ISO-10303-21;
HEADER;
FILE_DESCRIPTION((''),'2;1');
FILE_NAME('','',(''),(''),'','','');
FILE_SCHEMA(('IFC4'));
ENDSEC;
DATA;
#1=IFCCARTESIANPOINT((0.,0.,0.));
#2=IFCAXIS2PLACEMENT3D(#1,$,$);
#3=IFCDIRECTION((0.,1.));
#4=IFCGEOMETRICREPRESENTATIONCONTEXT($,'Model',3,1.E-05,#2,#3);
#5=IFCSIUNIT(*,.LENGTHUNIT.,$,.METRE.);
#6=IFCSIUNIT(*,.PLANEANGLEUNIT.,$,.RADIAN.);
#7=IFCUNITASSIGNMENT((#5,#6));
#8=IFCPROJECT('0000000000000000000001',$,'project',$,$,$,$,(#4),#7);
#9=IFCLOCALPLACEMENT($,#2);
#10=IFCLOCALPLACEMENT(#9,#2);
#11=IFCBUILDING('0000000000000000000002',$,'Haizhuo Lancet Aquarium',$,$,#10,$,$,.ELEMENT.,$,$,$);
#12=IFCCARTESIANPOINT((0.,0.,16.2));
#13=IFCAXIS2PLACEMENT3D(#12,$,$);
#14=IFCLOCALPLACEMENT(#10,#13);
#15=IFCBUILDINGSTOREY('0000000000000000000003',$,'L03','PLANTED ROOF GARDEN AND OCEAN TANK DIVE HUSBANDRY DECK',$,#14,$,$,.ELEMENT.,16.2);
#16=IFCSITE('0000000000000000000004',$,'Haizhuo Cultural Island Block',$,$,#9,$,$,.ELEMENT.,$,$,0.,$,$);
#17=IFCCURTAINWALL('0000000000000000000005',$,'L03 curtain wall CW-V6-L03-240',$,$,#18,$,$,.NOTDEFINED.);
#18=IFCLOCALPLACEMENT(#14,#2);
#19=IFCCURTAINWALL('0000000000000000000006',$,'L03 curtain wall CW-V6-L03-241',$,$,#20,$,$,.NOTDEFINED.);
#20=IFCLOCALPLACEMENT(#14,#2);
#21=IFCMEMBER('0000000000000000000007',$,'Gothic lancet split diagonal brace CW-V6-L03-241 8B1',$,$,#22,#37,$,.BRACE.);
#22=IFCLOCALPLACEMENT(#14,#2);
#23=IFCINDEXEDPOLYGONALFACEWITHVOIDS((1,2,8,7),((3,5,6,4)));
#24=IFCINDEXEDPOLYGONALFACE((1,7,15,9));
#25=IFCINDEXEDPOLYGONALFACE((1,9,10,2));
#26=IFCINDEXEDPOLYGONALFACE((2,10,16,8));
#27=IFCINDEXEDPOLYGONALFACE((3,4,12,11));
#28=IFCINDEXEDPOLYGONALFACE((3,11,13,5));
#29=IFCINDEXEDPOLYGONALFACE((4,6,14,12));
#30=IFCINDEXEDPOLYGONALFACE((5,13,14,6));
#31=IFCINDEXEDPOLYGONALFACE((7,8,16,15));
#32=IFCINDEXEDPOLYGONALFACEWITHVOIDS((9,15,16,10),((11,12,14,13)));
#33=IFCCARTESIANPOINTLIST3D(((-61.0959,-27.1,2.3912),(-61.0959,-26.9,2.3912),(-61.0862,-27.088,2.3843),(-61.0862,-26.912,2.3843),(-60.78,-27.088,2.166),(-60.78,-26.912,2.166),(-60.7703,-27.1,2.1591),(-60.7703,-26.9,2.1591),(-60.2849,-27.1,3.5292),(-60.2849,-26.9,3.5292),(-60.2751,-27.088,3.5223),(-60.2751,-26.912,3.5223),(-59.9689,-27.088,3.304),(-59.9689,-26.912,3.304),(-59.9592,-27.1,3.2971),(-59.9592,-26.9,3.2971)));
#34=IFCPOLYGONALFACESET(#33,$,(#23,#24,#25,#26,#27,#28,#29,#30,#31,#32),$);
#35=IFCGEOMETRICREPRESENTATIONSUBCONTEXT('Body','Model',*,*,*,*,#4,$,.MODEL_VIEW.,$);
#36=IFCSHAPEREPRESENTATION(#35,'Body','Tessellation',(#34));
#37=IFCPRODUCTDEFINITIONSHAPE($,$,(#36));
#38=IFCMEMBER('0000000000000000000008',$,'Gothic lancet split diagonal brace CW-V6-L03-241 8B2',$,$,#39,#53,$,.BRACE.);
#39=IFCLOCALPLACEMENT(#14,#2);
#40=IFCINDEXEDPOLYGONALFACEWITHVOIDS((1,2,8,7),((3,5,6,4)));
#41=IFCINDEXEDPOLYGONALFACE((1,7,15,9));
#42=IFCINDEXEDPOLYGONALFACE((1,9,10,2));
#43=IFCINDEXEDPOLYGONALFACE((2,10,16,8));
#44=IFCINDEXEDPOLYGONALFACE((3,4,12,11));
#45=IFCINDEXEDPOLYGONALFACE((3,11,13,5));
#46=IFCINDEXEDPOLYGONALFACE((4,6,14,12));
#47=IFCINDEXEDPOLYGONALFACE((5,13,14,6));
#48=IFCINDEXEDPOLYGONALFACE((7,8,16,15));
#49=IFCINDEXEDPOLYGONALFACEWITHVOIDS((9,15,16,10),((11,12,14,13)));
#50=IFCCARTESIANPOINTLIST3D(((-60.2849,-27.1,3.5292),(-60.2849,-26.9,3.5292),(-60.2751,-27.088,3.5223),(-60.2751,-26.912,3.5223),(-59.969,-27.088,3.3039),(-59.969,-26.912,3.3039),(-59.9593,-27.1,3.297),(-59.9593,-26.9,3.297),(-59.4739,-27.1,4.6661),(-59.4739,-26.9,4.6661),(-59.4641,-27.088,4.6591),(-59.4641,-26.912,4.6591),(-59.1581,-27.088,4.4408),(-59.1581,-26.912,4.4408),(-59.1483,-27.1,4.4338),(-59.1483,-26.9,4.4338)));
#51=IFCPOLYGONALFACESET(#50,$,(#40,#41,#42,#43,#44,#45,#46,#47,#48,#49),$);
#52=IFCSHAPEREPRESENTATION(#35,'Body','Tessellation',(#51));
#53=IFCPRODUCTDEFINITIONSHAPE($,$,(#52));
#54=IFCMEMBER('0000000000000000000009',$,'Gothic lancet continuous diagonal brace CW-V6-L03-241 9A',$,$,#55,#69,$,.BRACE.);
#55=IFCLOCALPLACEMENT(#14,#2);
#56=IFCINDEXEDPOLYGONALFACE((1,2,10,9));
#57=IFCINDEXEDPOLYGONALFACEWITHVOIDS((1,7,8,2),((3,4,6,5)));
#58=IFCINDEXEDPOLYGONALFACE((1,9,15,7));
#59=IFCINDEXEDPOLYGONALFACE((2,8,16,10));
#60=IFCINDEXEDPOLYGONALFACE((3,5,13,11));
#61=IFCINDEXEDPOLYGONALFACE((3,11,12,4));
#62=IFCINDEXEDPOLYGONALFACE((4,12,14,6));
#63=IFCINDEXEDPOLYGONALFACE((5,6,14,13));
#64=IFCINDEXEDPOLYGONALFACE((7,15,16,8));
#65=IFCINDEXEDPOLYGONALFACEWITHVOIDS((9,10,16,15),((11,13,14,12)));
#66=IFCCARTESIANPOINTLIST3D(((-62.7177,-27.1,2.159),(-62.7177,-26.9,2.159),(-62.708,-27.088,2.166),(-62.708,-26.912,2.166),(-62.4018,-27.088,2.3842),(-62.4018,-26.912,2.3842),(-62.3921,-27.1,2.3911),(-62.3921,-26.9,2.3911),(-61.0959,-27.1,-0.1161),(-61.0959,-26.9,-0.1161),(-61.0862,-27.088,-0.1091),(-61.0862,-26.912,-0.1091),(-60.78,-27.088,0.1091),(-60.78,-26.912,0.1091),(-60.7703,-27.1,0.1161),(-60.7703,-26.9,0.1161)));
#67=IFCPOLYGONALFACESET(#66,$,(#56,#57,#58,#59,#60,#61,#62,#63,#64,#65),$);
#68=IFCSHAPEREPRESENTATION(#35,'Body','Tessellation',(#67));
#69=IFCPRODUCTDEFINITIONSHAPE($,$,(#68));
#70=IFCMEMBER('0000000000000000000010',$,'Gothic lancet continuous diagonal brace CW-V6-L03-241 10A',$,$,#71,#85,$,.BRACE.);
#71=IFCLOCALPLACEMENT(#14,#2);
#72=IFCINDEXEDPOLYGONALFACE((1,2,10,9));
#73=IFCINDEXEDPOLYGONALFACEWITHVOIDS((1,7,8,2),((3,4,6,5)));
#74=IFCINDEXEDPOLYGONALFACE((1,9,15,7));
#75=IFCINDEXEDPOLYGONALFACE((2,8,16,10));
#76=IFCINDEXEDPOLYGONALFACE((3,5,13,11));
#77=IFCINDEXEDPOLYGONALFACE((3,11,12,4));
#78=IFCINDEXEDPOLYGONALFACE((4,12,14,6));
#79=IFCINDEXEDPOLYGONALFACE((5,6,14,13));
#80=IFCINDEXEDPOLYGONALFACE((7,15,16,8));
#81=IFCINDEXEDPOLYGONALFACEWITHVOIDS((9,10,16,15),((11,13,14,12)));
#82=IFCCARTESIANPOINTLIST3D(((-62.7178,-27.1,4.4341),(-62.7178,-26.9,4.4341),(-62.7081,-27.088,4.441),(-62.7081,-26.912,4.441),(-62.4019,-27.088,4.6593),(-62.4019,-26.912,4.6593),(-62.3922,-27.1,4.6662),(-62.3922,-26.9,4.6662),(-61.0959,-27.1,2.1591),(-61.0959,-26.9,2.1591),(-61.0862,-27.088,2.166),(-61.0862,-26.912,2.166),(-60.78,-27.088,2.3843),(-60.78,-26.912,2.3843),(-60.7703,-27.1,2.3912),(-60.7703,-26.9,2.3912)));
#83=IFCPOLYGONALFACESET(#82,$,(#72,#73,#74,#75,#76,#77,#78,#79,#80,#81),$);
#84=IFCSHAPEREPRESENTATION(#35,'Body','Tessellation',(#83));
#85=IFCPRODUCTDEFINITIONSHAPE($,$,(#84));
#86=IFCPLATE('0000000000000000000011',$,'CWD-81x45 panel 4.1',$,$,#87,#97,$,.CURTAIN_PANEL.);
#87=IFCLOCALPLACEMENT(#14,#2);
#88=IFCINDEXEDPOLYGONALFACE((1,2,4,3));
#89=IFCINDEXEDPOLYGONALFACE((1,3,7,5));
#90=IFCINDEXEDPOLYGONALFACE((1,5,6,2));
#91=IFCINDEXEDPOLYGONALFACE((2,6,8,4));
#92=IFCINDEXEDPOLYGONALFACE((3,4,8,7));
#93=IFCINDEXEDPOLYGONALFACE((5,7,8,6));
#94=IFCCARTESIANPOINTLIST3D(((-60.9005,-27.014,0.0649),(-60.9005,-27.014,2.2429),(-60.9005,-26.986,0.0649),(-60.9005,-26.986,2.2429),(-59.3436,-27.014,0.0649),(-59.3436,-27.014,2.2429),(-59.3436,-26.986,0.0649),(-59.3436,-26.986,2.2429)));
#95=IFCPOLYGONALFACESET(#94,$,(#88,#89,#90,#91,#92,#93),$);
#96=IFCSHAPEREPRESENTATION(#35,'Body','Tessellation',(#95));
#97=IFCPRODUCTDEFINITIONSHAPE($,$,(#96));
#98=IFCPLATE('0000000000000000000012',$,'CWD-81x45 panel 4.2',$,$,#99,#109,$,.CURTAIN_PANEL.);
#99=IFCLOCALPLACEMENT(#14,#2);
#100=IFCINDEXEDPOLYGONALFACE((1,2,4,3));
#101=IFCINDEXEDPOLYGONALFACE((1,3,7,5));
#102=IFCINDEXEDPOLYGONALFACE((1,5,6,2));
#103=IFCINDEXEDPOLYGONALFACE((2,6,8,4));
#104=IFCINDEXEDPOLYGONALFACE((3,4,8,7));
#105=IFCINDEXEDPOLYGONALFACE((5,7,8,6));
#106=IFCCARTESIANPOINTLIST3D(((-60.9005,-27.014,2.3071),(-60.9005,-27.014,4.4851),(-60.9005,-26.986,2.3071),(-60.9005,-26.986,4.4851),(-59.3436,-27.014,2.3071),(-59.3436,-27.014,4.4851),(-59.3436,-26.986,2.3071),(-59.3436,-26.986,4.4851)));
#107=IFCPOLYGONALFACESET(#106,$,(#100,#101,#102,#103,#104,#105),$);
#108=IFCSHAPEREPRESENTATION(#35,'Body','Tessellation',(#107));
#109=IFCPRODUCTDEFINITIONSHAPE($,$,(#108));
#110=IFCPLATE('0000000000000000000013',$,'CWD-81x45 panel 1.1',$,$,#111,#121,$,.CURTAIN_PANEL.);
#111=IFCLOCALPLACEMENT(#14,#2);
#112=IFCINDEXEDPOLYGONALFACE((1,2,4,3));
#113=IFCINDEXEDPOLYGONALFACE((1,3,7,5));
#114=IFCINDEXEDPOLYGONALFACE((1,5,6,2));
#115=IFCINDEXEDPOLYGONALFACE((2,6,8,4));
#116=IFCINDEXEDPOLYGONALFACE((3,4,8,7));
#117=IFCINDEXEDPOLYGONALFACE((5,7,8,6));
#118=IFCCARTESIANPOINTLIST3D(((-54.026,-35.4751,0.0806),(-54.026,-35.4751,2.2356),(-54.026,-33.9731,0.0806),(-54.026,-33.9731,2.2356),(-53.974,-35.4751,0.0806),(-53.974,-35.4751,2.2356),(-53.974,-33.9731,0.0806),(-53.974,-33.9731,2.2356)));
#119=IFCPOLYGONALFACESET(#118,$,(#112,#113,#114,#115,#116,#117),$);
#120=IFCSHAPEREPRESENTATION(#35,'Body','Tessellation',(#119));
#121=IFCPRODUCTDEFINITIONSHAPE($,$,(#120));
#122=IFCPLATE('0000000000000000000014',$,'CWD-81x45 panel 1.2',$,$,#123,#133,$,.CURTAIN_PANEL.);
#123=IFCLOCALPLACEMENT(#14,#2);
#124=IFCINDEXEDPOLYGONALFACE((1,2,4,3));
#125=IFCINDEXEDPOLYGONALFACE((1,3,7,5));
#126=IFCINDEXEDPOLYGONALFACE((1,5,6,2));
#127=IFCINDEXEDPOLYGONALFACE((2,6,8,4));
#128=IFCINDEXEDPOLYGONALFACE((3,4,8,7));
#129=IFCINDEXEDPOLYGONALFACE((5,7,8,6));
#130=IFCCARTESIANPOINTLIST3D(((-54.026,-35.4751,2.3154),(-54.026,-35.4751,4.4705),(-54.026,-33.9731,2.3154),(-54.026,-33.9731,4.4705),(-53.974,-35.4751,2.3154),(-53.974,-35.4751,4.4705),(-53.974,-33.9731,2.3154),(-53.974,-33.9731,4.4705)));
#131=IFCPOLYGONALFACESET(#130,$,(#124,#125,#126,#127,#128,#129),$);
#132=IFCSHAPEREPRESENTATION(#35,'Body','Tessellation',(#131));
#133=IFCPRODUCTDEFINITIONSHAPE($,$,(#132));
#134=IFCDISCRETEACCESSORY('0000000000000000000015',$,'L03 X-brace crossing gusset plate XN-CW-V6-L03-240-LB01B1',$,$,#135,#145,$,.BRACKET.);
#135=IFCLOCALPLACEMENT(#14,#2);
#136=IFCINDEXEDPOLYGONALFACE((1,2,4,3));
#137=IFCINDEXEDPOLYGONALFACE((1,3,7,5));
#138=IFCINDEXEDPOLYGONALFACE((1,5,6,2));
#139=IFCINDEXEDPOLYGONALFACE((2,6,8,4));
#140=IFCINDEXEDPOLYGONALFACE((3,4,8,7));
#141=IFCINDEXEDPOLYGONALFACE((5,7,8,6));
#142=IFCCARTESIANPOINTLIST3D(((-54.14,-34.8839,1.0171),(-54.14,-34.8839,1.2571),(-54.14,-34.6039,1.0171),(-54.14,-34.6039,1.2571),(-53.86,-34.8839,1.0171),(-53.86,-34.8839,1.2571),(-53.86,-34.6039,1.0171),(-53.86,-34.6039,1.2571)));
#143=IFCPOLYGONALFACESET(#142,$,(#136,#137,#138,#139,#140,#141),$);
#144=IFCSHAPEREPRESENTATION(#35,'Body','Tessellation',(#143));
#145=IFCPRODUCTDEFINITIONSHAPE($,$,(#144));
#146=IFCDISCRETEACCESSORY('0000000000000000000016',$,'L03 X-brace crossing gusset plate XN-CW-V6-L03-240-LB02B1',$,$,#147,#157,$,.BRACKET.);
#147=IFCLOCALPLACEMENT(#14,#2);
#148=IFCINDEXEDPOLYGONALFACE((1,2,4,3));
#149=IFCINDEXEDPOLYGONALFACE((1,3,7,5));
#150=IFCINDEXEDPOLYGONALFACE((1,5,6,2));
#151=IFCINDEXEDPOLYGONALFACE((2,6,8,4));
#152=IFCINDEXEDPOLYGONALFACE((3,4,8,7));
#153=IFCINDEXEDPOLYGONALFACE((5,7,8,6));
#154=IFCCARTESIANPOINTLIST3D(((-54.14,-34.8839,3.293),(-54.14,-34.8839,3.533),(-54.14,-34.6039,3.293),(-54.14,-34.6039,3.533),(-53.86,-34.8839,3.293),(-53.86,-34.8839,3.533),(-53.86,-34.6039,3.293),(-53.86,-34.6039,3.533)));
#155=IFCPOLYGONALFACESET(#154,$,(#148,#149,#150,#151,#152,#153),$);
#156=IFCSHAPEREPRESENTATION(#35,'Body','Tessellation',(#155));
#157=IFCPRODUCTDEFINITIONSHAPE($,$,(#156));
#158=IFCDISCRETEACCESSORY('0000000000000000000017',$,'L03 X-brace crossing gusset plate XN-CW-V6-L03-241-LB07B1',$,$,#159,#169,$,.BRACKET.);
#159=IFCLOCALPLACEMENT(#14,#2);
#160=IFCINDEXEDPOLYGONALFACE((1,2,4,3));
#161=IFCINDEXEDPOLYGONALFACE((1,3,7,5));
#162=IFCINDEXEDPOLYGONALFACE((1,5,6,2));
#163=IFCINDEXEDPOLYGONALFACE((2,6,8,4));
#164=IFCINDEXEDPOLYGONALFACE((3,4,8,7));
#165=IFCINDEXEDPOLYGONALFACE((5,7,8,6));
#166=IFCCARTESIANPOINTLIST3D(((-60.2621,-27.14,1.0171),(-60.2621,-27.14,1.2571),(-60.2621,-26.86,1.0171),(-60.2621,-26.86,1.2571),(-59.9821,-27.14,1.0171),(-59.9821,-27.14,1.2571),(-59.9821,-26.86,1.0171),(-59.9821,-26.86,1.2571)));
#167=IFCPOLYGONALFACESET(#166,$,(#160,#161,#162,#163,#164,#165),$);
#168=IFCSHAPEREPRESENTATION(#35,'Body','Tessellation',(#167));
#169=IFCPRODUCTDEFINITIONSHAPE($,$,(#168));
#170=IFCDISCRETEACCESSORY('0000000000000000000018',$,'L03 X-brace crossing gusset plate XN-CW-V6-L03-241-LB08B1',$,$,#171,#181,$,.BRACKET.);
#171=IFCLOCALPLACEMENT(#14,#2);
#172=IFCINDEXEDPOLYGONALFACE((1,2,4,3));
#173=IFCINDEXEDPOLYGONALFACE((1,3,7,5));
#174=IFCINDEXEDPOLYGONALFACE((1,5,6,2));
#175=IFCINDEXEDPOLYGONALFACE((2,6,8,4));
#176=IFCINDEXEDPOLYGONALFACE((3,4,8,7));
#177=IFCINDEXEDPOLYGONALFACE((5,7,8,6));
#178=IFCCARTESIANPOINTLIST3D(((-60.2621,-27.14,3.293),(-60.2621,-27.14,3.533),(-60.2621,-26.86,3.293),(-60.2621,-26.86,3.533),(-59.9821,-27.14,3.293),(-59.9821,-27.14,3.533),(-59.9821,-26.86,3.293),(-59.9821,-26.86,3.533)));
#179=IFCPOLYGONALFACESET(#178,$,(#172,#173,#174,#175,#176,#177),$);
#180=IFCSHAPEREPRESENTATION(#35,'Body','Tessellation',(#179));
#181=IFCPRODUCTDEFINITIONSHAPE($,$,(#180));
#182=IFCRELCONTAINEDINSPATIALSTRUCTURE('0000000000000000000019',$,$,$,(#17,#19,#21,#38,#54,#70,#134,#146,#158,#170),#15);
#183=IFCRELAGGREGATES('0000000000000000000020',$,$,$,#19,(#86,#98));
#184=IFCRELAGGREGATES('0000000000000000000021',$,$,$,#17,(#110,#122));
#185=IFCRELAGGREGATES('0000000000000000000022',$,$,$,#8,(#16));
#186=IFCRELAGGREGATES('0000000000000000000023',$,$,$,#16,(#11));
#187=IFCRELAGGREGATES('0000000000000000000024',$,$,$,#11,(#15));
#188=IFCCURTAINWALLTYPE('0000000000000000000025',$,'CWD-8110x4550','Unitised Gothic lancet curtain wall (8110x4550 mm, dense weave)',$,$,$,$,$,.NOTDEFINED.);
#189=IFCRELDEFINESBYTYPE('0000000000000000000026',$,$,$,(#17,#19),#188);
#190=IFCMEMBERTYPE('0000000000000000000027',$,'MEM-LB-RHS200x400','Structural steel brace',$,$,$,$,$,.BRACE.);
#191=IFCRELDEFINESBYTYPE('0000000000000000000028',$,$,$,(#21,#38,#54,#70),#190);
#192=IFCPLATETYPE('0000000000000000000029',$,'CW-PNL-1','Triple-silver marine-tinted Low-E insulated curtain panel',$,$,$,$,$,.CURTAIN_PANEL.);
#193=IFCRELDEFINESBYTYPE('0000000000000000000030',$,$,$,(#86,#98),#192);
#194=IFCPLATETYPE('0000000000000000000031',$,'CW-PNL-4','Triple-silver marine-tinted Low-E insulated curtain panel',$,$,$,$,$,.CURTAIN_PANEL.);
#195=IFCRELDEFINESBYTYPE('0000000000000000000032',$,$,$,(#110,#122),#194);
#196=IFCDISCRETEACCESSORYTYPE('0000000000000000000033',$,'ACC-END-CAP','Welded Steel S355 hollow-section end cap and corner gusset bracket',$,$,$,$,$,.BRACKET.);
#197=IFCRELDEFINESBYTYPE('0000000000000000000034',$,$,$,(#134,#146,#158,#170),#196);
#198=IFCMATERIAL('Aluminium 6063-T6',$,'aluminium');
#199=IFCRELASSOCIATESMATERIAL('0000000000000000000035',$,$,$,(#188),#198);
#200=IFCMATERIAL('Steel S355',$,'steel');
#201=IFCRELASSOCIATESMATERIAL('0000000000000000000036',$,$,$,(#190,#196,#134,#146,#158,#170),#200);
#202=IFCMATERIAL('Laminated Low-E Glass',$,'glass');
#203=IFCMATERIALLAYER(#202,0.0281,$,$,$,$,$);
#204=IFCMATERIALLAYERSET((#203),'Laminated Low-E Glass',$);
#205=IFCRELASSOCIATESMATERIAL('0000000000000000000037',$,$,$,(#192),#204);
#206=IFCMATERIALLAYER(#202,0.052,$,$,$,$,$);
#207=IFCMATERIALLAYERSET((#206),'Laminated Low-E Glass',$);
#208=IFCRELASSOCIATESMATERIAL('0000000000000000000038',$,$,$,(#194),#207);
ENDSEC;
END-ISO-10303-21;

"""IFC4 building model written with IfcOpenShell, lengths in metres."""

from ifc_helpers import new_model, si_unit, direction, frame, origin, origin_2d, place, context, subcontext, project, spatial, rectangle, hollow_rectangle, extrude, material, layer, layer_set, material_profile, profile_set, type_object, element, aggregate, save


model = new_model("IFC4")

# Units and contexts
model_context = context("Model", 3, precision=1e-05, world=origin(), true_north=direction((0.0, 1.0)))
body_context = subcontext(model_context, "Body", "Model", "MODEL_VIEW")
ifc_project = project(units=[si_unit("LENGTHUNIT", "METRE"), si_unit("PLANEANGLEUNIT", "RADIAN")], contexts=[model_context])

# Site, building, storey
site_placement = place(None, origin())
site = spatial("IfcSite", under=ifc_project, at=site_placement, Name="Haizhuo Cultural Island Block", CompositionType="ELEMENT", RefElevation=0.0)
building_placement = place(site_placement, origin())
building = spatial("IfcBuilding", under=site, at=building_placement, Name="Haizhuo Lancet Aquarium", CompositionType="ELEMENT")
storey_placement = place(building_placement, frame((0.0, 0.0, 16.2)))
storey = spatial("IfcBuildingStorey", under=building, at=storey_placement, Name="L03", Description="PLANTED ROOF GARDEN AND OCEAN TANK DIVE HUSBANDRY DECK", CompositionType="ELEMENT", Elevation=16.2)

# Shared definitions
ifc_material_1 = material(Name="Steel S355", Category="steel")

# Curtain wall
ifc_material_2 = material(Name="Aluminium 6063-T6", Category="aluminium")
curtain_wall_type = type_object("IfcCurtainWallType", Name="CWD-8110x4550", Description="Unitised Gothic lancet curtain wall (8110x4550 mm, dense weave)", PredefinedType="NOTDEFINED", material=ifc_material_2)
curtain_wall_1_placement = place(storey_placement, origin())
curtain_wall_1 = element("IfcCurtainWall", 1, at=curtain_wall_1_placement, inside=storey, type_object=curtain_wall_type, Name="L03 curtain wall CW-V6-L03-240", PredefinedType="NOTDEFINED")

# Curtain wall
curtain_wall_2_placement = place(storey_placement, origin())
curtain_wall_2 = element("IfcCurtainWall", 2, at=curtain_wall_2_placement, inside=storey, type_object=curtain_wall_type, Name="L03 curtain wall CW-V6-L03-241", PredefinedType="NOTDEFINED")

# Members
ifc_material_profile_1 = material_profile(ifc_material_1, hollow_rectangle(XDim=0.2, YDim=0.3999, WallThickness=0.012, at=origin_2d()), Name="RHS 200x400x12")
ifc_profile_set_1 = profile_set([ifc_material_profile_1], Name="Steel S355")
member_type_1 = type_object("IfcMemberType", Name="MEM-LB-RHS200x400", Description="Structural steel brace", PredefinedType="BRACE", material=ifc_profile_set_1)
member_1_placement = place(storey_placement, frame((-60.9331, -27.0, 2.2751), z_axis=(0.580395, 0.0, 0.814335), x_axis=(0.0, 1.0, 0.0)))
element("IfcMember", 3, at=member_1_placement, inside=storey, type_object=member_type_1, Name="Gothic lancet split diagonal brace CW-V6-L03-241 8B1", PredefinedType="BRACE", context=body_context, shape_type="SweptSolid", body=[
    extrude(hollow_rectangle(XDim=0.2, YDim=0.3999, WallThickness=0.012, at=origin_2d()), origin(), (0.0, 0.0, 1.0), 1.3975),
])
member_2_placement = place(storey_placement, frame((-60.1221, -27.0, 3.4131), z_axis=(0.580725, 0.0, 0.814099), x_axis=(0.0, 1.0, 0.0)))
element("IfcMember", 4, at=member_2_placement, inside=storey, type_object=member_type_1, Name="Gothic lancet split diagonal brace CW-V6-L03-241 8B2", PredefinedType="BRACE", context=body_context, shape_type="SweptSolid", body=[
    extrude(hollow_rectangle(XDim=0.2, YDim=0.3999, WallThickness=0.012, at=origin_2d()), origin(), (0.0, 0.0, 1.0), 1.3965),
])
for number, where, z_axis, x_axis, name in (
    (5, (-60.9331, -27.0, 0.0), (-0.580461, 0.0, 0.814288), (0.0, -1.0, 0.0), "Gothic lancet continuous diagonal brace CW-V6-L03-241 9A"),
    (6, (-60.9331, -27.0, 2.2751), (-0.580502, 0.0, 0.814259), (0.0, -1.0, 0.0), "Gothic lancet continuous diagonal brace CW-V6-L03-241 10A"),
):
    element("IfcMember", number, at=place(storey_placement, frame(where, z_axis=z_axis, x_axis=x_axis)), inside=storey, type_object=member_type_1, Name=name, PredefinedType="BRACE", context=body_context, shape_type="SweptSolid", body=[
        extrude(hollow_rectangle(XDim=0.2, YDim=0.3999, WallThickness=0.012, at=origin_2d()), origin(), (0.0, 0.0, 1.0), 2.7939),
    ])

# Plates
ifc_material_3 = material(Name="Laminated Low-E Glass", Category="glass")
ifc_layer_1 = layer(ifc_material_3, 0.0281)
ifc_layer_set_1 = layer_set([ifc_layer_1], Name="Laminated Low-E Glass")
plate_type_1 = type_object("IfcPlateType", Name="CW-PNL-1", Description="Triple-silver marine-tinted Low-E insulated curtain panel", PredefinedType="CURTAIN_PANEL", material=ifc_layer_set_1)
plate_1_placement = place(storey_placement, frame((-60.1221, -27.0, 0.0649), z_axis=(0.0, 0.0, 1.0), x_axis=(-1.0, 0.0, 0.0)))
plate_1 = element("IfcPlate", 7, at=plate_1_placement, type_object=plate_type_1, Name="CWD-81x45 panel 4.1", PredefinedType="CURTAIN_PANEL", context=body_context, shape_type="SweptSolid", body=[
    extrude(rectangle(XDim=1.5569, YDim=0.0281, at=origin_2d()), origin(), (0.0, 0.0, 1.0), 2.178),
])
plate_2_placement = place(storey_placement, frame((-60.1221, -27.0, 2.3071), z_axis=(0.0, 0.0, 1.0), x_axis=(-1.0, 0.0, 0.0)))
plate_2 = element("IfcPlate", 8, at=plate_2_placement, type_object=plate_type_1, Name="CWD-81x45 panel 4.2", PredefinedType="CURTAIN_PANEL", context=body_context, shape_type="SweptSolid", body=[
    extrude(rectangle(XDim=1.5569, YDim=0.0281, at=origin_2d()), origin(), (0.0, 0.0, 1.0), 2.178),
])
aggregate(curtain_wall_2, [plate_1, plate_2])
ifc_layer_2 = layer(ifc_material_3, 0.052)
ifc_layer_set_2 = layer_set([ifc_layer_2], Name="Laminated Low-E Glass")
plate_type_2 = type_object("IfcPlateType", Name="CW-PNL-4", Description="Triple-silver marine-tinted Low-E insulated curtain panel", PredefinedType="CURTAIN_PANEL", material=ifc_layer_set_2)
plate_3_placement = place(storey_placement, frame((-54.0, -34.7241, 0.0806), z_axis=(0.0, 0.0, 1.0), x_axis=(0.0, 1.0, 0.0)))
plate_3 = element("IfcPlate", 9, at=plate_3_placement, type_object=plate_type_2, Name="CWD-81x45 panel 1.1", PredefinedType="CURTAIN_PANEL", context=body_context, shape_type="SweptSolid", body=[
    extrude(rectangle(XDim=1.502, YDim=0.052, at=origin_2d()), origin(), (0.0, 0.0, 1.0), 2.155),
])
plate_4_placement = place(storey_placement, frame((-54.0, -34.7241, 2.3154), z_axis=(0.0, 0.0, 1.0), x_axis=(0.0, 1.0, 0.0)))
plate_4 = element("IfcPlate", 10, at=plate_4_placement, type_object=plate_type_2, Name="CWD-81x45 panel 1.2", PredefinedType="CURTAIN_PANEL", context=body_context, shape_type="SweptSolid", body=[
    extrude(rectangle(XDim=1.502, YDim=0.052, at=origin_2d()), origin(), (0.0, 0.0, 1.0), 2.155),
])
aggregate(curtain_wall_1, [plate_3, plate_4])

# Discrete accessories
discrete_accessory_type = type_object("IfcDiscreteAccessoryType", Name="ACC-END-CAP", Description="Welded Steel S355 hollow-section end cap and corner gusset bracket", PredefinedType="BRACKET", material=ifc_material_1)
for number, where, z_axis, x_axis, name in (
    (11, (-54.0, -34.7439, 1.0171), (0.0, 0.0, 1.0), (1.0, 0.0, 0.0), "L03 X-brace crossing gusset plate XN-CW-V6-L03-240-LB01B1"),
    (12, (-54.0, -34.7439, 3.293), (0.0, 0.0, 1.0), (1.0, 0.0, 0.0), "L03 X-brace crossing gusset plate XN-CW-V6-L03-240-LB02B1"),
    (13, (-60.1221, -27.0, 1.0171), (0.0, 0.0, 1.0), (1.0, 0.0, 0.0), "L03 X-brace crossing gusset plate XN-CW-V6-L03-241-LB07B1"),
    (14, (-60.1221, -27.0, 3.293), (0.0, 0.0, 1.0), (1.0, 0.0, 0.0), "L03 X-brace crossing gusset plate XN-CW-V6-L03-241-LB08B1"),
):
    element("IfcDiscreteAccessory", number, at=place(storey_placement, frame(where, z_axis=z_axis, x_axis=x_axis)), inside=storey, type_object=discrete_accessory_type, material=ifc_material_1, Name=name, PredefinedType="BRACKET", context=body_context, shape_type="SweptSolid", body=[
        extrude(rectangle(XDim=0.28, YDim=0.28, at=origin_2d()), origin(), (0.0, 0.0, 1.0), 0.24),
    ])

save(model, "model.ifc")
